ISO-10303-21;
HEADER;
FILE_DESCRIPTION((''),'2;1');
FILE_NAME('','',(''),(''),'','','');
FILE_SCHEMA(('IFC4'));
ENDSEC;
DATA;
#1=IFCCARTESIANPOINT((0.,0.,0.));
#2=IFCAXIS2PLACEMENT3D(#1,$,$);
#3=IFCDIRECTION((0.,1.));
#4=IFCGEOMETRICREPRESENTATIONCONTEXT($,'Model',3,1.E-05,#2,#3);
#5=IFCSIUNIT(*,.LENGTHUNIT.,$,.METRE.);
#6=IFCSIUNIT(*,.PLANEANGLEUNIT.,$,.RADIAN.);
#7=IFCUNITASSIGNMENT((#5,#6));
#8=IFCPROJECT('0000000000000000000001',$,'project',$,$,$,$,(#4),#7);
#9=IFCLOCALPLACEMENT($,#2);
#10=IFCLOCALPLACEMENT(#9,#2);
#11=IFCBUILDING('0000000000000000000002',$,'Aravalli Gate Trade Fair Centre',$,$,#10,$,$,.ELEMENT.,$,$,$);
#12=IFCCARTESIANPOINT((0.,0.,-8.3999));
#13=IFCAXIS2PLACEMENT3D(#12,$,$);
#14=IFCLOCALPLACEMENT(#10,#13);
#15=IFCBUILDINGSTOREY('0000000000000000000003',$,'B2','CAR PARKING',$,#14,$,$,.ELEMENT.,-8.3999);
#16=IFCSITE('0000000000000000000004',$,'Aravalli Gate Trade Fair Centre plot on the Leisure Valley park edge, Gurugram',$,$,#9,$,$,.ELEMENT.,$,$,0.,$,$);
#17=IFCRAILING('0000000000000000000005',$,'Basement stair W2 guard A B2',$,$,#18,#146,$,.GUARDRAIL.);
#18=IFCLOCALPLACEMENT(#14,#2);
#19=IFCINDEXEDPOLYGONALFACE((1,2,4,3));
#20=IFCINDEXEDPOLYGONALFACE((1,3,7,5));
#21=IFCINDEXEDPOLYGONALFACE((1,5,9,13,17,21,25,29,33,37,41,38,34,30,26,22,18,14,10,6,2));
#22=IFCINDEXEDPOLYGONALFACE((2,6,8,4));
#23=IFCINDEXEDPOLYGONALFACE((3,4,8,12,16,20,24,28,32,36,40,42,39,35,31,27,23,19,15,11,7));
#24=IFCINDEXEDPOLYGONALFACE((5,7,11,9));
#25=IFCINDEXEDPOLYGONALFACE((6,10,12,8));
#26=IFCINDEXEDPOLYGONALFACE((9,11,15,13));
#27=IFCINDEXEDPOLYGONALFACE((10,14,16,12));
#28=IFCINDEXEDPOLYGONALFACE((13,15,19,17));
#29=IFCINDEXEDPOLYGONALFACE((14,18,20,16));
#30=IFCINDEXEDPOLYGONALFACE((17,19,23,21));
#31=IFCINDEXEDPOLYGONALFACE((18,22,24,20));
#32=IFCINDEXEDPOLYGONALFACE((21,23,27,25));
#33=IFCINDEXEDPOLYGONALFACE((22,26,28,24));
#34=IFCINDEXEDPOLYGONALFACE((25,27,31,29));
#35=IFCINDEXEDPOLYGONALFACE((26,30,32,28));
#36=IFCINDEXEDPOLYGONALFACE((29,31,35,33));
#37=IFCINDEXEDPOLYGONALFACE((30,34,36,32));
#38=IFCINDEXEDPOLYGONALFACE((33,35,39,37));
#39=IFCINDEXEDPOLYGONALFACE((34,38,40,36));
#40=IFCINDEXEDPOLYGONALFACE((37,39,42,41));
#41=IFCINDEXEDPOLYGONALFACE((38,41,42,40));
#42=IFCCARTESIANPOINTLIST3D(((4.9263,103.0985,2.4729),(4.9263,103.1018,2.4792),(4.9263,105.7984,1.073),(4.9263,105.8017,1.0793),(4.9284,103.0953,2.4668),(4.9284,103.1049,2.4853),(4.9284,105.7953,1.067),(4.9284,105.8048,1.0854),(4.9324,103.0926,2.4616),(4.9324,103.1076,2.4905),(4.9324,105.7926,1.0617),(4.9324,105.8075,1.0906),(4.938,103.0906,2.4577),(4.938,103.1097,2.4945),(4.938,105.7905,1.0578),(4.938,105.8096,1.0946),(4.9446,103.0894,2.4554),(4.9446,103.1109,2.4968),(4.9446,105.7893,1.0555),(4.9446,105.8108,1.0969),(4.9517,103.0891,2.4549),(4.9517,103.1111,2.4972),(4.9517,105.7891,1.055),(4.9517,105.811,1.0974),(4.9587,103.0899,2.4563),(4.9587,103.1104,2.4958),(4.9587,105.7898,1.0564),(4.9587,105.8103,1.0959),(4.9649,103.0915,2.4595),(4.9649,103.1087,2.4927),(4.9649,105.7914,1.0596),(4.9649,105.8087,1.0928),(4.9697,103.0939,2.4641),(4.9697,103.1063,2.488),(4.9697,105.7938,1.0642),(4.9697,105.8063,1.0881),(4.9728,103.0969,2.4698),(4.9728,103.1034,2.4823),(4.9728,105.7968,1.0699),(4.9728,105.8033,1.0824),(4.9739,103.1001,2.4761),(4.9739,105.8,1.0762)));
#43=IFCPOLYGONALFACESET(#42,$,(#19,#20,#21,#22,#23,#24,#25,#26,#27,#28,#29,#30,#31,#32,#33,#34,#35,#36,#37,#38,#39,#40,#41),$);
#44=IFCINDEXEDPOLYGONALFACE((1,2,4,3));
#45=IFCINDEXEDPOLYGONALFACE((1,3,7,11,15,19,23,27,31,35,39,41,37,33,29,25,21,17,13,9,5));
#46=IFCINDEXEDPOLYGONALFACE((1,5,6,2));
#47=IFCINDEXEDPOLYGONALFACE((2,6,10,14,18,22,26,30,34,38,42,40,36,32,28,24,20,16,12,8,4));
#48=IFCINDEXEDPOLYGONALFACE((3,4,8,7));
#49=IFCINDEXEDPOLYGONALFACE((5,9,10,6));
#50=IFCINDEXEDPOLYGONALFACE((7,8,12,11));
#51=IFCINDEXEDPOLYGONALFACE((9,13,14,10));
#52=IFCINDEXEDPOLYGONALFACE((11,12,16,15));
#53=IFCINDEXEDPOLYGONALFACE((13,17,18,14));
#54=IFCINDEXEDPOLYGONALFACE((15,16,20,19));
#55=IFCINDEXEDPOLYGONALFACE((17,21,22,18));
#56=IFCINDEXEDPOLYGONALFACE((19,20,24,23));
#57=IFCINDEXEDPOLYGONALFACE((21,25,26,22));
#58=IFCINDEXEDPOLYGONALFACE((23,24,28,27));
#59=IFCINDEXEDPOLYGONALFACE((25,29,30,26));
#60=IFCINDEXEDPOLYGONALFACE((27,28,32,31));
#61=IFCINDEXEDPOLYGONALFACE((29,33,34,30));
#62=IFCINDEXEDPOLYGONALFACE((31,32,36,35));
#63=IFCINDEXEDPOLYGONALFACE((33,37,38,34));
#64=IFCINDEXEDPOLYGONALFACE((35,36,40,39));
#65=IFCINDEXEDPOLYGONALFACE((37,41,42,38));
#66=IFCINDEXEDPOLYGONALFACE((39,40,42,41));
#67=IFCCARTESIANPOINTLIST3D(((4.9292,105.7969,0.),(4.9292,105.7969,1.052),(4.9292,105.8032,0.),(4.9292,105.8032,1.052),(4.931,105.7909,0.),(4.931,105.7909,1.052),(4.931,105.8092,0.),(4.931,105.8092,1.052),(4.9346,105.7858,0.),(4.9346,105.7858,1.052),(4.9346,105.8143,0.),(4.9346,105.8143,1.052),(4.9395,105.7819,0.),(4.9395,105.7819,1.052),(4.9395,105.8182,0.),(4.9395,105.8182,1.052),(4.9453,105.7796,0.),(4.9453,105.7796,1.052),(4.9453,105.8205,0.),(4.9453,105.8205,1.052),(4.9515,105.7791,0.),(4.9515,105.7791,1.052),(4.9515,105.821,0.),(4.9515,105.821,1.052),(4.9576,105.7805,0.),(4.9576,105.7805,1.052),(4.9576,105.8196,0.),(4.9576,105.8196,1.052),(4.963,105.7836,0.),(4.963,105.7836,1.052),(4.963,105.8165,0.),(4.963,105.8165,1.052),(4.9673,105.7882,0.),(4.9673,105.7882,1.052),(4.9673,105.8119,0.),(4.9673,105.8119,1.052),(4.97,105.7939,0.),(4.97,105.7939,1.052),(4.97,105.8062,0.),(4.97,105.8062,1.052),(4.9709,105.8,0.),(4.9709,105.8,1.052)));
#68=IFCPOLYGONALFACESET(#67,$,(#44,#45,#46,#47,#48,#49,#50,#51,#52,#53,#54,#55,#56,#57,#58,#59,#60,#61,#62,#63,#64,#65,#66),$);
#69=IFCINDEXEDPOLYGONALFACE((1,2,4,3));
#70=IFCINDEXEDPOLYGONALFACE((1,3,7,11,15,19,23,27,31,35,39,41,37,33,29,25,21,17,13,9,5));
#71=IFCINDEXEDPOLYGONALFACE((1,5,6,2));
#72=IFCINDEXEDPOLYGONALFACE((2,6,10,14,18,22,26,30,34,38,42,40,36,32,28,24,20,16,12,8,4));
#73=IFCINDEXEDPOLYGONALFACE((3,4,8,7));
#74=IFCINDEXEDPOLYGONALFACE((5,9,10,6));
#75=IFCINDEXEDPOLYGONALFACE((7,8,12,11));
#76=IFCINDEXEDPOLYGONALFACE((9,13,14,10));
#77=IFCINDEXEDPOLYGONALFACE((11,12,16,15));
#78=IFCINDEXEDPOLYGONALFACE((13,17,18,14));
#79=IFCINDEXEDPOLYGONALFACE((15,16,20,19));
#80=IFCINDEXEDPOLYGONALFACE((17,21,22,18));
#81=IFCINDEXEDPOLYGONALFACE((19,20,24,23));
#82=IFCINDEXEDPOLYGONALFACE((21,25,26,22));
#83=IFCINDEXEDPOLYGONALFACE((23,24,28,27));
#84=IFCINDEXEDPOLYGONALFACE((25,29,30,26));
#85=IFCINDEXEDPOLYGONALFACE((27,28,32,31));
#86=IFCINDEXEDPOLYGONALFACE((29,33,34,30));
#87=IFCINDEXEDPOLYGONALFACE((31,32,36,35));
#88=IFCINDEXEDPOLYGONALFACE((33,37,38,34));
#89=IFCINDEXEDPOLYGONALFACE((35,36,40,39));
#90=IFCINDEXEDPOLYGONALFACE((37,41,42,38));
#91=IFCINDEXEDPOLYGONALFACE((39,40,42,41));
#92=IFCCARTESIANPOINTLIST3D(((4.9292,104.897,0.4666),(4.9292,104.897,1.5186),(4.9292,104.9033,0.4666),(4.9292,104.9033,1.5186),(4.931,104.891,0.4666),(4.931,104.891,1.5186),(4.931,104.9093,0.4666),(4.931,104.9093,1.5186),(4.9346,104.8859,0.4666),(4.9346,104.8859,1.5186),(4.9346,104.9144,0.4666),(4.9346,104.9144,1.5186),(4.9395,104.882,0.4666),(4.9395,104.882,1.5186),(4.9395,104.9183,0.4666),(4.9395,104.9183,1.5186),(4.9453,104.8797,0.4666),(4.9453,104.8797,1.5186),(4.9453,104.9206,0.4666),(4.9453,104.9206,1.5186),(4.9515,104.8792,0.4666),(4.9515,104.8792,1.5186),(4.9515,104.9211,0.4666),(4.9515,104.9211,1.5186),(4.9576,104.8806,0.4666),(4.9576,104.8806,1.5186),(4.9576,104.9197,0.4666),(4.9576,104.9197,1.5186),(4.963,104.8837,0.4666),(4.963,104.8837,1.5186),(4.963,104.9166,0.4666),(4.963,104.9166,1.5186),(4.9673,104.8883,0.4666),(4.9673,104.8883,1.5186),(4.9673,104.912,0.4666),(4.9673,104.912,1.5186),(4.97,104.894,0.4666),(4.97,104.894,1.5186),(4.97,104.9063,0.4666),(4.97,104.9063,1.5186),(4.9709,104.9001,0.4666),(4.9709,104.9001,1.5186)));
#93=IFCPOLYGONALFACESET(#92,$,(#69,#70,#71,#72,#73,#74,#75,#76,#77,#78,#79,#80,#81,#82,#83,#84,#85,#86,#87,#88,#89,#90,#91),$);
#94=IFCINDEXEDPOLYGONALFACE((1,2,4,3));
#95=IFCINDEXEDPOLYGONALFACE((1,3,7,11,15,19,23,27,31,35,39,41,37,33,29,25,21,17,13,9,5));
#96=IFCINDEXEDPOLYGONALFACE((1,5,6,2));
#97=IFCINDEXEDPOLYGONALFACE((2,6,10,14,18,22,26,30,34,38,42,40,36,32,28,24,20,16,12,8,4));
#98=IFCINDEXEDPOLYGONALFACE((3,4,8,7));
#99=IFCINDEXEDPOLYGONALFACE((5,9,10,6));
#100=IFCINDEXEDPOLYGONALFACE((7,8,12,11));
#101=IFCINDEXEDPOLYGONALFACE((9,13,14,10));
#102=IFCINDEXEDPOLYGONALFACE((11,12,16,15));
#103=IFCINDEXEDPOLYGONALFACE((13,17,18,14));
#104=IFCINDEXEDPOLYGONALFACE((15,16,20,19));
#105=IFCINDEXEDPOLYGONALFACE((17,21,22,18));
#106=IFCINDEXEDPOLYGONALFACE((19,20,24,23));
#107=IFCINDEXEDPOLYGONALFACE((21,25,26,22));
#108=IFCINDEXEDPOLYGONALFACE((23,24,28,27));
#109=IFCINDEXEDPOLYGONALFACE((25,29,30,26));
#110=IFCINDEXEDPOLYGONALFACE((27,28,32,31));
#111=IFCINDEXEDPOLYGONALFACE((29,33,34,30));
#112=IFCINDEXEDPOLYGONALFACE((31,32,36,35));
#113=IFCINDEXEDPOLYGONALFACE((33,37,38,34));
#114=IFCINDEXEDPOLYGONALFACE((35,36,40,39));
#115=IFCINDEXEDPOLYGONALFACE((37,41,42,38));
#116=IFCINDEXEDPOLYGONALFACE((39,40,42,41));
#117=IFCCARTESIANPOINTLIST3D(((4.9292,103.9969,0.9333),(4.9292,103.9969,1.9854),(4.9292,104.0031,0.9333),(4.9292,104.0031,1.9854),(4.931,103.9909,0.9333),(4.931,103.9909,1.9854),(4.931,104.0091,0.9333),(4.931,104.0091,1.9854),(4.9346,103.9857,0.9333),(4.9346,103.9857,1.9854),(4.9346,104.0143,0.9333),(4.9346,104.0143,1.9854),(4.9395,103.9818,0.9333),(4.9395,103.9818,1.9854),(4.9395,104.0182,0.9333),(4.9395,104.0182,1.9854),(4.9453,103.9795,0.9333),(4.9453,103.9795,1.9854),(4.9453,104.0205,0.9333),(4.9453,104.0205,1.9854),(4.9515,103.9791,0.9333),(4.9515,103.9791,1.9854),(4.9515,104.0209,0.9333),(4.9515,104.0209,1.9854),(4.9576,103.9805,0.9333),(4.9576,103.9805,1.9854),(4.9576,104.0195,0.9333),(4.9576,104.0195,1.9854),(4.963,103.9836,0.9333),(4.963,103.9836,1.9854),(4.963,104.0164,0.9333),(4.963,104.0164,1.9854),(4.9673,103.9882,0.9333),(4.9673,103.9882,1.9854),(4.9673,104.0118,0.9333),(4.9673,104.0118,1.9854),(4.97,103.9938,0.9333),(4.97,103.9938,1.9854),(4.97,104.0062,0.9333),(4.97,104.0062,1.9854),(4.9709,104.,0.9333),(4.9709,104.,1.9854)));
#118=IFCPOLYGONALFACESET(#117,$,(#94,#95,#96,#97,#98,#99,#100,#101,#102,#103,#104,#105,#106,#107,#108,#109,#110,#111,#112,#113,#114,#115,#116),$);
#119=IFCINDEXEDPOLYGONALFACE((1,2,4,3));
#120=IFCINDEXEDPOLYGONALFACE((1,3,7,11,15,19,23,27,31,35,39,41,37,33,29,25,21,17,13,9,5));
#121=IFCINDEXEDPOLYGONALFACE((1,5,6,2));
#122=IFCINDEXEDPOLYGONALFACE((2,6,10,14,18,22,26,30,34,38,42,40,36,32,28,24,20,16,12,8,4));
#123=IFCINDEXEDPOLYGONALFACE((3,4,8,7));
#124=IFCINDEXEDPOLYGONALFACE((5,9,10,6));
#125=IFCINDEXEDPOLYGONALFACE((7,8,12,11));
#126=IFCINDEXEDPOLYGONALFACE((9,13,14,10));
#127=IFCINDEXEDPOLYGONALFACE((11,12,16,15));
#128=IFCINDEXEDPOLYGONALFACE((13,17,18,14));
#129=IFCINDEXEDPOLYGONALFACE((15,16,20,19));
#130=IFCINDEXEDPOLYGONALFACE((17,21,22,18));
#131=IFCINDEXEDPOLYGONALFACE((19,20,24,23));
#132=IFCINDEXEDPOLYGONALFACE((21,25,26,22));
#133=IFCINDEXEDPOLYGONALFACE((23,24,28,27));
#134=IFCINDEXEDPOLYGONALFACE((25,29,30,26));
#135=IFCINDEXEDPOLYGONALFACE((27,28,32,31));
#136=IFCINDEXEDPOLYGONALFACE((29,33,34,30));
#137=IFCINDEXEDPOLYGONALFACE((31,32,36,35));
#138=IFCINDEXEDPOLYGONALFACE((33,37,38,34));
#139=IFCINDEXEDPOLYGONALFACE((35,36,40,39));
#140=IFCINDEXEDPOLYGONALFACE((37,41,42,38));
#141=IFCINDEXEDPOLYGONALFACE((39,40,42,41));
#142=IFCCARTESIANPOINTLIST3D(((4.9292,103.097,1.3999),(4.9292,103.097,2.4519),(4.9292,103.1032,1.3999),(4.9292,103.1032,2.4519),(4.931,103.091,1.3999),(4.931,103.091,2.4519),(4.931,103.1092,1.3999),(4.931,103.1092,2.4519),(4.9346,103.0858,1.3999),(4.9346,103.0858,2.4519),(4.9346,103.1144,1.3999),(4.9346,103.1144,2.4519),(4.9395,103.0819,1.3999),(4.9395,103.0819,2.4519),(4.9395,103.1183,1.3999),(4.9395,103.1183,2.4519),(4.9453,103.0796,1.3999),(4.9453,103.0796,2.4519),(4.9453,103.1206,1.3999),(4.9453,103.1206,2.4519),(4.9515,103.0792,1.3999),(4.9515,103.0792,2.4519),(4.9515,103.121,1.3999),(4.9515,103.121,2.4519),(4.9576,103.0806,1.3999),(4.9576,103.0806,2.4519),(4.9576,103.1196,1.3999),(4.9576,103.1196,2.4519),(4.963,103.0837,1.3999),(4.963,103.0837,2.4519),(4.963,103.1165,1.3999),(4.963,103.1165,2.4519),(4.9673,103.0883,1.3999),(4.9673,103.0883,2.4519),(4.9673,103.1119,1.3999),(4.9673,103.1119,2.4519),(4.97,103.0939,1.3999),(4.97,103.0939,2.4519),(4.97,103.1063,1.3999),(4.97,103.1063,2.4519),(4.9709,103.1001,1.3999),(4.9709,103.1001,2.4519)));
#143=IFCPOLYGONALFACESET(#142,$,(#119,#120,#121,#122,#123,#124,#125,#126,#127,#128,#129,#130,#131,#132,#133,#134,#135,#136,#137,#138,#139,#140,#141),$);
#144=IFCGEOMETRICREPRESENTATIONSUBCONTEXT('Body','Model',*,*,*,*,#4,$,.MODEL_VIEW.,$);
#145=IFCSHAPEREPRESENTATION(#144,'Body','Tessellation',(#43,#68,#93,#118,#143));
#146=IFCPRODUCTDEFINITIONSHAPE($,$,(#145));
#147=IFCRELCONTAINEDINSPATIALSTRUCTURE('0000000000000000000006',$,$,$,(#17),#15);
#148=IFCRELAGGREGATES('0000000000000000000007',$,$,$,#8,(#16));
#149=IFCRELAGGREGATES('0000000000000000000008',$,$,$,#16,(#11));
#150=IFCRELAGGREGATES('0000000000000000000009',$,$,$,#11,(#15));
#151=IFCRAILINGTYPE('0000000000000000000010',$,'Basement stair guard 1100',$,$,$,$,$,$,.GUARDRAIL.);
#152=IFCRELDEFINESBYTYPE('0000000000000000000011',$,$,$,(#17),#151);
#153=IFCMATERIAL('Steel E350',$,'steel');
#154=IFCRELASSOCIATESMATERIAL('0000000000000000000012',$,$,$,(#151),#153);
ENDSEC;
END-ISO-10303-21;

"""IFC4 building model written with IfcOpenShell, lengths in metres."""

from ifc_helpers import new_model, si_unit, direction, frame, origin, origin_2d, place, context, subcontext, project, spatial, circle, extrude, material, type_object, element, save


model = new_model("IFC4")

# Units and contexts
model_context = context("Model", 3, precision=1e-05, world=origin(), true_north=direction((0.0, 1.0)))
body_context = subcontext(model_context, "Body", "Model", "MODEL_VIEW")
ifc_project = project(units=[si_unit("LENGTHUNIT", "METRE"), si_unit("PLANEANGLEUNIT", "RADIAN")], contexts=[model_context])

# Site, building, storey
site_placement = place(None, origin())
site = spatial("IfcSite", under=ifc_project, at=site_placement, Name="Aravalli Gate Trade Fair Centre plot on the Leisure Valley park edge, Gurugram", CompositionType="ELEMENT", RefElevation=0.0)
building_placement = place(site_placement, origin())
building = spatial("IfcBuilding", under=site, at=building_placement, Name="Aravalli Gate Trade Fair Centre", CompositionType="ELEMENT")
storey_placement = place(building_placement, frame((0.0, 0.0, -8.3999)))
storey = spatial("IfcBuildingStorey", under=building, at=storey_placement, Name="B2", Description="CAR PARKING", CompositionType="ELEMENT", Elevation=-8.3999)

# Railing
ifc_material_1 = material(Name="Steel E350", Category="steel")
railing_type_1 = type_object("IfcRailingType", Name="Basement stair guard 1100", PredefinedType="GUARDRAIL", material=ifc_material_1)
railing_1_placement = place(storey_placement, frame((4.95, 105.8, 0.0)))
element("IfcRailing", 1, at=railing_1_placement, inside=storey, type_object=railing_type_1, Name="Basement stair W2 guard A B2", PredefinedType="GUARDRAIL", context=body_context, shape_type="SweptSolid", body=[
    extrude(circle(Radius=0.0239, at=origin_2d()), frame((0.0, 0.0, 1.0762), z_axis=(0.0, -0.887764, 0.460298), x_axis=(1.0, 0.0, 0.0)), (0.0, 0.0, 1.0), 3.0413),
    extrude(circle(Radius=0.021, at=origin_2d()), origin(), (0.0, 0.0, 1.0), 1.052),
    extrude(circle(Radius=0.021, at=origin_2d()), frame((0.0, -0.8999, 0.4666)), (0.0, 0.0, 1.0), 1.052),
    extrude(circle(Radius=0.021, at=origin_2d()), frame((0.0, -1.8, 0.9333)), (0.0, 0.0, 1.0), 1.052),
    extrude(circle(Radius=0.021, at=origin_2d()), frame((0.0, -2.7, 1.3999)), (0.0, 0.0, 1.0), 1.052),
])

save(model, "model.ifc")
